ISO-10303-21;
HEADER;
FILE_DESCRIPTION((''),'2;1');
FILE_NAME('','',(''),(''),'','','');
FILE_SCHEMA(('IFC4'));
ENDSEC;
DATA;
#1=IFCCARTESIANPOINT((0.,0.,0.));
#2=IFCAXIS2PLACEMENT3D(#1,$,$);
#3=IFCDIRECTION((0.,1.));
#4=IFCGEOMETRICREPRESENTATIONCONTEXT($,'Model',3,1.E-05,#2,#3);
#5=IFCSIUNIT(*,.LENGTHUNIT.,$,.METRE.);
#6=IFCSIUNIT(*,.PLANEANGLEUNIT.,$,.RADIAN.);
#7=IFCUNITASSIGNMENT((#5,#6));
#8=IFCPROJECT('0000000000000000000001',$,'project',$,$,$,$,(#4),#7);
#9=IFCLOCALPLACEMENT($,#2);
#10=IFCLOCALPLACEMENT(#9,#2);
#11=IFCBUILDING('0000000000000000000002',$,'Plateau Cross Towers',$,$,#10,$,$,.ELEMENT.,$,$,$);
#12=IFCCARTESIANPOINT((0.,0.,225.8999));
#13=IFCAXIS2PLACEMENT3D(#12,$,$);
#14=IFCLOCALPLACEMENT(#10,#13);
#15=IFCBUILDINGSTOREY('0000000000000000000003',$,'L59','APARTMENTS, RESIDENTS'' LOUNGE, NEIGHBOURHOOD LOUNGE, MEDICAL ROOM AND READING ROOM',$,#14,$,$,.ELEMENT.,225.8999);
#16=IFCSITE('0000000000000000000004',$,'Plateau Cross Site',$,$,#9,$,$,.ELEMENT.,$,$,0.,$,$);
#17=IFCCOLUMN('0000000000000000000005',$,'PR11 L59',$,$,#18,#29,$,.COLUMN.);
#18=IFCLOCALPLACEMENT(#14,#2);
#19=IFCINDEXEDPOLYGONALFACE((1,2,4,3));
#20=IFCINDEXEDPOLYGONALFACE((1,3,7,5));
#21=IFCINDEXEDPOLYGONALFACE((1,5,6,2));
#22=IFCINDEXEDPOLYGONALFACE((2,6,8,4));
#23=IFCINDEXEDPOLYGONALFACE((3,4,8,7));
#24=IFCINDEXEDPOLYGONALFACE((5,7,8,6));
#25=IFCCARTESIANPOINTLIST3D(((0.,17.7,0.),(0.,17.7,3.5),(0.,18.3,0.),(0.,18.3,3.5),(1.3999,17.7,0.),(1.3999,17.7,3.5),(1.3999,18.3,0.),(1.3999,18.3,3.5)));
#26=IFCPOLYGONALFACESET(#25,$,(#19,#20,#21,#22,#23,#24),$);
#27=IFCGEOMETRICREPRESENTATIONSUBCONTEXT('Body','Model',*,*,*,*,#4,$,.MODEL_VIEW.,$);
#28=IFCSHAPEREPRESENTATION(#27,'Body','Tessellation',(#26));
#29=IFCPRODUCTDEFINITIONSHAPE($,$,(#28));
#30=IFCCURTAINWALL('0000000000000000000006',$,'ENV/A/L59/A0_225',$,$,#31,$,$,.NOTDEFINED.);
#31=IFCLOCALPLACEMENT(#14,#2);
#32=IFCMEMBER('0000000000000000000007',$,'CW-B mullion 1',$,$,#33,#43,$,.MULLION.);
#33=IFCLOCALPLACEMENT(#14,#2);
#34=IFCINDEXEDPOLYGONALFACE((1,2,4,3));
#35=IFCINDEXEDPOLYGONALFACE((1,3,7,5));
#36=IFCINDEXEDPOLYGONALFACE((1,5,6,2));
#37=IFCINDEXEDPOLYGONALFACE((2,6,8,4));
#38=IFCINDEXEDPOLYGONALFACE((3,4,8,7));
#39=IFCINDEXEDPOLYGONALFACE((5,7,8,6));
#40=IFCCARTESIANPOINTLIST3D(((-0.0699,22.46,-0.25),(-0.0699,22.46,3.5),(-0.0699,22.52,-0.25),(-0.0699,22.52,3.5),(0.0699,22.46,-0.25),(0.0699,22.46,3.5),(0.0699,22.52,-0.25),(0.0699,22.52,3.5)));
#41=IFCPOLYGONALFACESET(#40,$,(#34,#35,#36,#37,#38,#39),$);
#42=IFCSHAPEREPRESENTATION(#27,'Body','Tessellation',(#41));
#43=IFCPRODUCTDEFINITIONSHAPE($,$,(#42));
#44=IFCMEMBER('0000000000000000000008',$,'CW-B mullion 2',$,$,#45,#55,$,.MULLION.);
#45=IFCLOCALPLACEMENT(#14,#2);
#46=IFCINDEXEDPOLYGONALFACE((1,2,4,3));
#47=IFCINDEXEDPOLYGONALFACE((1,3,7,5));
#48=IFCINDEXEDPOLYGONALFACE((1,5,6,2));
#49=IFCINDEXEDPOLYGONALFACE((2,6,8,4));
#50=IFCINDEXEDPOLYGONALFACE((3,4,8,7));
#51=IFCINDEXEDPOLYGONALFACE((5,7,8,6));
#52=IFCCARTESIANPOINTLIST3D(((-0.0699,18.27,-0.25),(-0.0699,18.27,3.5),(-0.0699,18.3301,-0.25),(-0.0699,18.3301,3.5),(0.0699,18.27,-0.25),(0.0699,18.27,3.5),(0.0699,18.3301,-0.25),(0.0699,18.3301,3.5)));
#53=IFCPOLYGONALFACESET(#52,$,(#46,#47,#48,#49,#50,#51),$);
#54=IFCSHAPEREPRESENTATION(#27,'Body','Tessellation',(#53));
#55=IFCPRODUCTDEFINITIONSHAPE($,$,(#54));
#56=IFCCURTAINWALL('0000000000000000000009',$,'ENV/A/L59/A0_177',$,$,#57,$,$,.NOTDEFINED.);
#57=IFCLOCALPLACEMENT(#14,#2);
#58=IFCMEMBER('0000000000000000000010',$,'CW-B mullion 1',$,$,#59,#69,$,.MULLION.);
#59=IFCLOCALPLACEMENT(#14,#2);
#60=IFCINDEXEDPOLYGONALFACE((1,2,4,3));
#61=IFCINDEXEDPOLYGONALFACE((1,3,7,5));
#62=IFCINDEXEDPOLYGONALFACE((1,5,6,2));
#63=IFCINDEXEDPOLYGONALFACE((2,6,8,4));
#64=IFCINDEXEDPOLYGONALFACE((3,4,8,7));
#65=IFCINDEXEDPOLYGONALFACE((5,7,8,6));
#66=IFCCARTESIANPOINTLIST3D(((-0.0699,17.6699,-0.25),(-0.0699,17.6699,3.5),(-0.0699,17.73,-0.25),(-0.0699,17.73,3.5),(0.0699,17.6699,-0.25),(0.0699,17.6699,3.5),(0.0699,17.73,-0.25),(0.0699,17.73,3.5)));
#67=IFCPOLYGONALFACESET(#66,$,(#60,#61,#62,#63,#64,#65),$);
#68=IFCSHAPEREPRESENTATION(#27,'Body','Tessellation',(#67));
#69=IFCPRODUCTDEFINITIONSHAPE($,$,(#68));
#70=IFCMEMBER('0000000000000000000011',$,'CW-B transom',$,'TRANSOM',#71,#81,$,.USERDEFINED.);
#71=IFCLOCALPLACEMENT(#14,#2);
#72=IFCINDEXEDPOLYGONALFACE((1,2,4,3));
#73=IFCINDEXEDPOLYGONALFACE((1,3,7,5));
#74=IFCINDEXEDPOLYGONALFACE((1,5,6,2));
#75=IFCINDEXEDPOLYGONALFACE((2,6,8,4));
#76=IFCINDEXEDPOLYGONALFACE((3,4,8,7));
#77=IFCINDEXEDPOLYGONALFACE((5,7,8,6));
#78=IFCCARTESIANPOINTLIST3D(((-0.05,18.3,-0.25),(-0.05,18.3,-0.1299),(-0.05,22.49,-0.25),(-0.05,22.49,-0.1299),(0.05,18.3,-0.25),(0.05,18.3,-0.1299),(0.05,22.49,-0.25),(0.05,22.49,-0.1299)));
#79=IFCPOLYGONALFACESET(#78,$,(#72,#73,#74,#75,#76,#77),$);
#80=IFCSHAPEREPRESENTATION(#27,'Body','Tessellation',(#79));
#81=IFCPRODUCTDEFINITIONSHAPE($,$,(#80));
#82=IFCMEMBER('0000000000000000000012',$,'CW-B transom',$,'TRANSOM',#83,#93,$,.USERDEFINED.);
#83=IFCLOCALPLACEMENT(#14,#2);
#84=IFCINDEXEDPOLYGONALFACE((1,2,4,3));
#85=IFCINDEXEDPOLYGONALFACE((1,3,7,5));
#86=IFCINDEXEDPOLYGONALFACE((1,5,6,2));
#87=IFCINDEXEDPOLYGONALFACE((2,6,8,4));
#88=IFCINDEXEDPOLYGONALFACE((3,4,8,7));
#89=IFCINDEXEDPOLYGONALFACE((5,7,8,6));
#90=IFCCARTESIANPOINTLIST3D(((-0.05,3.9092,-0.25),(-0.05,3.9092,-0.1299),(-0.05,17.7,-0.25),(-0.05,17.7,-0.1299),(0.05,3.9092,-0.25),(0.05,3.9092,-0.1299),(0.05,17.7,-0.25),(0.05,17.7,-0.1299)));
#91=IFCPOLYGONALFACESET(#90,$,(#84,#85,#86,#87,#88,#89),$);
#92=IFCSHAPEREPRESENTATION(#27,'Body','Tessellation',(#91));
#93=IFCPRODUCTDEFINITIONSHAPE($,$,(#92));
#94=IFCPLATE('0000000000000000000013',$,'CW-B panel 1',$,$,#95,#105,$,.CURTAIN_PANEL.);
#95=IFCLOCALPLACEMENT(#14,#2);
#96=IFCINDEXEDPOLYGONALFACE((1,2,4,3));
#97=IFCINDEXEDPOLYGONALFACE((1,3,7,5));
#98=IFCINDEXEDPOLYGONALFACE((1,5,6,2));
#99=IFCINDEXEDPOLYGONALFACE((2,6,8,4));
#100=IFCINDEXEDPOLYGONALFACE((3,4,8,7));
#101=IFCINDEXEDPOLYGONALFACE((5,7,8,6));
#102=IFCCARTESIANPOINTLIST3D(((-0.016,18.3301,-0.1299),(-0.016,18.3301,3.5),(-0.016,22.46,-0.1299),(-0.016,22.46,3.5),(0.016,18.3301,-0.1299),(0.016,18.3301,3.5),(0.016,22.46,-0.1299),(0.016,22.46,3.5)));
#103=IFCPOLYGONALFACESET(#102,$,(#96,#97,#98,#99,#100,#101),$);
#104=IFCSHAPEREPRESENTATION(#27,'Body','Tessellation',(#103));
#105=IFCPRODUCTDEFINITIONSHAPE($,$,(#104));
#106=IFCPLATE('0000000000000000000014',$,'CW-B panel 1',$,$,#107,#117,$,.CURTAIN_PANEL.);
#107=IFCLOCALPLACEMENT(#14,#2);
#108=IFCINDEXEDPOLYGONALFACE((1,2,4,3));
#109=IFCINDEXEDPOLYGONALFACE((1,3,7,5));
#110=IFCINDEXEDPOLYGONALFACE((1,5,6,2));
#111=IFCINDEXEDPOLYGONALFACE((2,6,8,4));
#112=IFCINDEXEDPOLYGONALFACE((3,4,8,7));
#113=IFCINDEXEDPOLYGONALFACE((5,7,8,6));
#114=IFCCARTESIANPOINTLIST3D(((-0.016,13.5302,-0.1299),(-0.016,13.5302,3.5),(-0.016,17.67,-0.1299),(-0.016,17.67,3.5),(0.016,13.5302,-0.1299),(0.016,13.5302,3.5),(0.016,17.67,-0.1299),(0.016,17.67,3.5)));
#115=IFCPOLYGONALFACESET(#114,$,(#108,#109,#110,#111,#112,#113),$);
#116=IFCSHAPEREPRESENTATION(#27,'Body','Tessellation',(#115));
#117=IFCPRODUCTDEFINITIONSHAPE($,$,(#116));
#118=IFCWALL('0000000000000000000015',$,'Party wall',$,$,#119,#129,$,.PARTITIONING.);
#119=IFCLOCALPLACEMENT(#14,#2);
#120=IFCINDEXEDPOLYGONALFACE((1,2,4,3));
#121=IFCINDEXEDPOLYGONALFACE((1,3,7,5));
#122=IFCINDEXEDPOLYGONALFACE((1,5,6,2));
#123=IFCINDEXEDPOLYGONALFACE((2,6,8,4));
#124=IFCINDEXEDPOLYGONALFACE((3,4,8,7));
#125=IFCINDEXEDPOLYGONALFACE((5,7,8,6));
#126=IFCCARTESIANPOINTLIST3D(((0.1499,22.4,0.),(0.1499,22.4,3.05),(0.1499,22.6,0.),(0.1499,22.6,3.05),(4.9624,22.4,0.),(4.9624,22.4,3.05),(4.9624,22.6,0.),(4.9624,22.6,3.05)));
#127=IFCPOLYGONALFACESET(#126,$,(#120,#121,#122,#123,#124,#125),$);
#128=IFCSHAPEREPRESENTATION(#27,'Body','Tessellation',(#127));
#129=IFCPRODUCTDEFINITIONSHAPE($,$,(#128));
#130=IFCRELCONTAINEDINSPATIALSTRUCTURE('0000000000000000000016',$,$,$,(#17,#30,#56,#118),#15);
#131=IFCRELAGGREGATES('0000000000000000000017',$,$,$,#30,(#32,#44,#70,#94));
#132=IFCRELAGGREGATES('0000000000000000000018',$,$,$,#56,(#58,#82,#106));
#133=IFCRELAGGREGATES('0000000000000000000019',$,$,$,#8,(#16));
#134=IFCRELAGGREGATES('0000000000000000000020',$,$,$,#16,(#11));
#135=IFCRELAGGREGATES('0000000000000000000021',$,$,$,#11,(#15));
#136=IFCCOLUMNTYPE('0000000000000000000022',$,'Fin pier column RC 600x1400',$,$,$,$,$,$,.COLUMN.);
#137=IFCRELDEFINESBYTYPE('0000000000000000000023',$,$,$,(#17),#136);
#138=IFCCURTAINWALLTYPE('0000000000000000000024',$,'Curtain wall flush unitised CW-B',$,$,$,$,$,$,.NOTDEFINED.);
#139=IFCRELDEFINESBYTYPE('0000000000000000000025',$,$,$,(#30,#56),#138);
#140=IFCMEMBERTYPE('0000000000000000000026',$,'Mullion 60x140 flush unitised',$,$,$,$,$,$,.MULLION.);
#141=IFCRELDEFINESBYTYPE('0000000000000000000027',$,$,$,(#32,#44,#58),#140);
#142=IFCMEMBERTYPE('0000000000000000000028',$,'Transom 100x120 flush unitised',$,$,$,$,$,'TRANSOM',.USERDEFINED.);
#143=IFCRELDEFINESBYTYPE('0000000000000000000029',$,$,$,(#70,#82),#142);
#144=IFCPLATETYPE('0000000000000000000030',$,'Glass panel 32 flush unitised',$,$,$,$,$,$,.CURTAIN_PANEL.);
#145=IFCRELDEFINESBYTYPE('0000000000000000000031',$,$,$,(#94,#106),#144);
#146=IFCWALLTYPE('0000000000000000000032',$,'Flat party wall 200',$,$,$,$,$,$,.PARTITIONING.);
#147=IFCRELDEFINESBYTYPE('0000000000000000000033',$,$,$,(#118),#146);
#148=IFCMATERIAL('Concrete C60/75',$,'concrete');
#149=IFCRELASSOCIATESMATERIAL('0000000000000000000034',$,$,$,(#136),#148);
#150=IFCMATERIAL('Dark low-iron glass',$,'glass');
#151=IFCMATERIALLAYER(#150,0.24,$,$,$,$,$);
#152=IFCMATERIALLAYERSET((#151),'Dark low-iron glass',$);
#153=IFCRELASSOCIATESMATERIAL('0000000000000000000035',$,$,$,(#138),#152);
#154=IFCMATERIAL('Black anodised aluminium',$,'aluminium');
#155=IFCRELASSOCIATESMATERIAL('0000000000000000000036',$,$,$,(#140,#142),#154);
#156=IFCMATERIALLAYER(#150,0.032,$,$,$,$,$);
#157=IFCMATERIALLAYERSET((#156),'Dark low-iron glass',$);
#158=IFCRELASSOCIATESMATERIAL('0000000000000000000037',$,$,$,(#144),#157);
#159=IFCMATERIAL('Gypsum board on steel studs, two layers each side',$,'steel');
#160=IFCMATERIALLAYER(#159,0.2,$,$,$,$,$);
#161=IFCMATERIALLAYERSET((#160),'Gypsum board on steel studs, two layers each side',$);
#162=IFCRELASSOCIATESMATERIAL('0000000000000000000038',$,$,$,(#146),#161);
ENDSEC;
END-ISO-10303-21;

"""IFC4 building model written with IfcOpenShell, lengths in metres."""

from ifc_helpers import new_model, si_unit, direction, frame, frame_2d, origin, origin_2d, place, context, subcontext, project, spatial, rectangle, extrude, material, layer, layer_set, material_profile, profile_set, type_object, element, aggregate, save


model = new_model("IFC4")

# Units and contexts
model_context = context("Model", 3, precision=1e-05, world=origin(), true_north=direction((0.0, 1.0)))
body_context = subcontext(model_context, "Body", "Model", "MODEL_VIEW")
ifc_project = project(units=[si_unit("LENGTHUNIT", "METRE"), si_unit("PLANEANGLEUNIT", "RADIAN")], contexts=[model_context])

# Site, building, storey
site_placement = place(None, origin())
site = spatial("IfcSite", under=ifc_project, at=site_placement, Name="Plateau Cross Site", CompositionType="ELEMENT", RefElevation=0.0)
building_placement = place(site_placement, origin())
building = spatial("IfcBuilding", under=site, at=building_placement, Name="Plateau Cross Towers", CompositionType="ELEMENT")
storey_placement = place(building_placement, frame((0.0, 0.0, 225.8999)))
storey = spatial("IfcBuildingStorey", under=building, at=storey_placement, Name="L59", Description="APARTMENTS, RESIDENTS' LOUNGE, NEIGHBOURHOOD LOUNGE, MEDICAL ROOM AND READING ROOM", CompositionType="ELEMENT", Elevation=225.8999)

# Column
ifc_material_1 = material(Name="Concrete C60/75", Category="concrete")
ifc_material_profile_1 = material_profile(ifc_material_1, rectangle(XDim=0.6001, YDim=1.3999, at=origin_2d()), Name="RC 600x1400")
ifc_profile_set_1 = profile_set([ifc_material_profile_1], Name="Concrete C60/75")
column_type = type_object("IfcColumnType", Name="Fin pier column RC 600x1400", PredefinedType="COLUMN", material=ifc_profile_set_1)
column_placement = place(storey_placement, frame((0.7, 18.0, 0.0), z_axis=(0.0, 0.0, 1.0), x_axis=(0.0, 1.0, 0.0)))
element("IfcColumn", 1, at=column_placement, inside=storey, type_object=column_type, Name="PR11 L59", PredefinedType="COLUMN", context=body_context, shape_type="SweptSolid", body=[
    extrude(rectangle(XDim=0.6001, YDim=1.3999, at=origin_2d()), origin(), (0.0, 0.0, 1.0), 3.5),
])

# Curtain wall, members
ifc_material_2 = material(Name="Dark low-iron glass", Category="glass")
ifc_layer_1 = layer(ifc_material_2, 0.24)
ifc_layer_set_1 = layer_set([ifc_layer_1], Name="Dark low-iron glass")
curtain_wall_type = type_object("IfcCurtainWallType", Name="Curtain wall flush unitised CW-B", PredefinedType="NOTDEFINED", material=ifc_layer_set_1)
curtain_wall_1_placement = place(storey_placement, origin())
curtain_wall_1 = element("IfcCurtainWall", 2, at=curtain_wall_1_placement, inside=storey, type_object=curtain_wall_type, Name="ENV/A/L59/A0_225", PredefinedType="NOTDEFINED")
ifc_material_3 = material(Name="Black anodised aluminium", Category="aluminium")
ifc_material_profile_2 = material_profile(ifc_material_3, rectangle(XDim=0.0601, YDim=0.1399, at=origin_2d()), Name="MULLION 60x140")
ifc_profile_set_2 = profile_set([ifc_material_profile_2], Name="Black anodised aluminium")
member_type_1 = type_object("IfcMemberType", Name="Mullion 60x140 flush unitised", PredefinedType="MULLION", material=ifc_profile_set_2)
member_1_placement = place(storey_placement, frame((0.0, 22.49, -0.25), z_axis=(0.0, 0.0, 1.0), x_axis=(0.0, -1.0, 0.0)))
member_1 = element("IfcMember", 3, at=member_1_placement, type_object=member_type_1, Name="CW-B mullion 1", PredefinedType="MULLION", context=body_context, shape_type="SweptSolid", body=[
    extrude(rectangle(XDim=0.0601, YDim=0.1399, at=origin_2d()), origin(), (0.0, 0.0, 1.0), 3.75),
])
member_2_placement = place(storey_placement, frame((0.0, 18.3, -0.25), z_axis=(0.0, 0.0, 1.0), x_axis=(0.0, -1.0, 0.0)))
member_2 = element("IfcMember", 4, at=member_2_placement, type_object=member_type_1, Name="CW-B mullion 2", PredefinedType="MULLION", context=body_context, shape_type="SweptSolid", body=[
    extrude(rectangle(XDim=0.0601, YDim=0.1399, at=origin_2d()), origin(), (0.0, 0.0, 1.0), 3.75),
])

# Curtain wall, member
curtain_wall_2_placement = place(storey_placement, origin())
curtain_wall_2 = element("IfcCurtainWall", 5, at=curtain_wall_2_placement, inside=storey, type_object=curtain_wall_type, Name="ENV/A/L59/A0_177", PredefinedType="NOTDEFINED")
member_3_placement = place(storey_placement, frame((0.0, 17.7, -0.25), z_axis=(0.0, 0.0, 1.0), x_axis=(0.0, -1.0, 0.0)))
member_3 = element("IfcMember", 6, at=member_3_placement, type_object=member_type_1, Name="CW-B mullion 1", PredefinedType="MULLION", context=body_context, shape_type="SweptSolid", body=[
    extrude(rectangle(XDim=0.0601, YDim=0.1399, at=origin_2d()), origin(), (0.0, 0.0, 1.0), 3.75),
])

# Members
ifc_material_profile_3 = material_profile(ifc_material_3, rectangle(XDim=0.1001, YDim=0.1201, at=origin_2d()), Name="TRANSOM 100x120")
ifc_profile_set_3 = profile_set([ifc_material_profile_3], Name="Black anodised aluminium")
member_type_2 = type_object("IfcMemberType", Name="Transom 100x120 flush unitised", ElementType="TRANSOM", PredefinedType="USERDEFINED", material=ifc_profile_set_3)
member_4_placement = place(storey_placement, frame((0.0, 22.49, -0.1899), z_axis=(0.0, -1.0, 0.0), x_axis=(1.0, 0.0, 0.0)))
member_4 = element("IfcMember", 7, at=member_4_placement, type_object=member_type_2, Name="CW-B transom", ObjectType="TRANSOM", PredefinedType="USERDEFINED", context=body_context, shape_type="SweptSolid", body=[
    extrude(rectangle(XDim=0.1001, YDim=0.1201, at=origin_2d()), origin(), (0.0, 0.0, 1.0), 4.1899),
])
member_5_placement = place(storey_placement, frame((0.0, 17.7, -0.1899), z_axis=(0.0, -1.0, 0.0), x_axis=(1.0, 0.0, 0.0)))
member_5 = element("IfcMember", 8, at=member_5_placement, type_object=member_type_2, Name="CW-B transom", ObjectType="TRANSOM", PredefinedType="USERDEFINED", context=body_context, shape_type="SweptSolid", body=[
    extrude(rectangle(XDim=0.1001, YDim=0.1201, at=origin_2d()), origin(), (0.0, 0.0, 1.0), 13.7908),
])

# Plates
ifc_layer_2 = layer(ifc_material_2, 0.032)
ifc_layer_set_2 = layer_set([ifc_layer_2], Name="Dark low-iron glass")
plate_type = type_object("IfcPlateType", Name="Glass panel 32 flush unitised", PredefinedType="CURTAIN_PANEL", material=ifc_layer_set_2)
plate_1_placement = place(storey_placement, frame((0.0, 20.395, -0.1299), z_axis=(0.0, 0.0, 1.0), x_axis=(0.0, -1.0, 0.0)))
plate_1 = element("IfcPlate", 9, at=plate_1_placement, type_object=plate_type, Name="CW-B panel 1", PredefinedType="CURTAIN_PANEL", context=body_context, shape_type="SweptSolid", body=[
    extrude(rectangle(XDim=4.1299, YDim=0.032, at=origin_2d()), origin(), (0.0, 0.0, 1.0), 3.6299),
])
aggregate(curtain_wall_1, [member_1, member_2, member_4, plate_1])
plate_2_placement = place(storey_placement, frame((0.0, 15.6001, -0.1299), z_axis=(0.0, 0.0, 1.0), x_axis=(0.0, -1.0, 0.0)))
plate_2 = element("IfcPlate", 10, at=plate_2_placement, type_object=plate_type, Name="CW-B panel 1", PredefinedType="CURTAIN_PANEL", context=body_context, shape_type="SweptSolid", body=[
    extrude(rectangle(XDim=4.1399, YDim=0.032, at=origin_2d()), origin(), (0.0, 0.0, 1.0), 3.6299),
])
aggregate(curtain_wall_2, [member_3, member_5, plate_2])

# Wall
ifc_material_4 = material(Name="Gypsum board on steel studs, two layers each side", Category="steel")
ifc_layer_3 = layer(ifc_material_4, 0.2)
ifc_layer_set_3 = layer_set([ifc_layer_3], Name="Gypsum board on steel studs, two layers each side")
wall_type_1 = type_object("IfcWallType", Name="Flat party wall 200", PredefinedType="PARTITIONING", material=ifc_layer_set_3)
wall_1_placement = place(storey_placement, frame((0.1499, 22.5, 0.0), z_axis=(0.0, 0.0, 1.0), x_axis=(1.0, 0.0, 0.0)))
element("IfcWall", 11, at=wall_1_placement, inside=storey, type_object=wall_type_1, Name="Party wall", PredefinedType="PARTITIONING", context=body_context, shape_type="SweptSolid", body=[
    extrude(rectangle(XDim=4.8125, YDim=0.2, at=frame_2d((2.4062, 0.0))), origin(), (0.0, 0.0, 1.0), 3.05),
])

save(model, "model.ifc")
